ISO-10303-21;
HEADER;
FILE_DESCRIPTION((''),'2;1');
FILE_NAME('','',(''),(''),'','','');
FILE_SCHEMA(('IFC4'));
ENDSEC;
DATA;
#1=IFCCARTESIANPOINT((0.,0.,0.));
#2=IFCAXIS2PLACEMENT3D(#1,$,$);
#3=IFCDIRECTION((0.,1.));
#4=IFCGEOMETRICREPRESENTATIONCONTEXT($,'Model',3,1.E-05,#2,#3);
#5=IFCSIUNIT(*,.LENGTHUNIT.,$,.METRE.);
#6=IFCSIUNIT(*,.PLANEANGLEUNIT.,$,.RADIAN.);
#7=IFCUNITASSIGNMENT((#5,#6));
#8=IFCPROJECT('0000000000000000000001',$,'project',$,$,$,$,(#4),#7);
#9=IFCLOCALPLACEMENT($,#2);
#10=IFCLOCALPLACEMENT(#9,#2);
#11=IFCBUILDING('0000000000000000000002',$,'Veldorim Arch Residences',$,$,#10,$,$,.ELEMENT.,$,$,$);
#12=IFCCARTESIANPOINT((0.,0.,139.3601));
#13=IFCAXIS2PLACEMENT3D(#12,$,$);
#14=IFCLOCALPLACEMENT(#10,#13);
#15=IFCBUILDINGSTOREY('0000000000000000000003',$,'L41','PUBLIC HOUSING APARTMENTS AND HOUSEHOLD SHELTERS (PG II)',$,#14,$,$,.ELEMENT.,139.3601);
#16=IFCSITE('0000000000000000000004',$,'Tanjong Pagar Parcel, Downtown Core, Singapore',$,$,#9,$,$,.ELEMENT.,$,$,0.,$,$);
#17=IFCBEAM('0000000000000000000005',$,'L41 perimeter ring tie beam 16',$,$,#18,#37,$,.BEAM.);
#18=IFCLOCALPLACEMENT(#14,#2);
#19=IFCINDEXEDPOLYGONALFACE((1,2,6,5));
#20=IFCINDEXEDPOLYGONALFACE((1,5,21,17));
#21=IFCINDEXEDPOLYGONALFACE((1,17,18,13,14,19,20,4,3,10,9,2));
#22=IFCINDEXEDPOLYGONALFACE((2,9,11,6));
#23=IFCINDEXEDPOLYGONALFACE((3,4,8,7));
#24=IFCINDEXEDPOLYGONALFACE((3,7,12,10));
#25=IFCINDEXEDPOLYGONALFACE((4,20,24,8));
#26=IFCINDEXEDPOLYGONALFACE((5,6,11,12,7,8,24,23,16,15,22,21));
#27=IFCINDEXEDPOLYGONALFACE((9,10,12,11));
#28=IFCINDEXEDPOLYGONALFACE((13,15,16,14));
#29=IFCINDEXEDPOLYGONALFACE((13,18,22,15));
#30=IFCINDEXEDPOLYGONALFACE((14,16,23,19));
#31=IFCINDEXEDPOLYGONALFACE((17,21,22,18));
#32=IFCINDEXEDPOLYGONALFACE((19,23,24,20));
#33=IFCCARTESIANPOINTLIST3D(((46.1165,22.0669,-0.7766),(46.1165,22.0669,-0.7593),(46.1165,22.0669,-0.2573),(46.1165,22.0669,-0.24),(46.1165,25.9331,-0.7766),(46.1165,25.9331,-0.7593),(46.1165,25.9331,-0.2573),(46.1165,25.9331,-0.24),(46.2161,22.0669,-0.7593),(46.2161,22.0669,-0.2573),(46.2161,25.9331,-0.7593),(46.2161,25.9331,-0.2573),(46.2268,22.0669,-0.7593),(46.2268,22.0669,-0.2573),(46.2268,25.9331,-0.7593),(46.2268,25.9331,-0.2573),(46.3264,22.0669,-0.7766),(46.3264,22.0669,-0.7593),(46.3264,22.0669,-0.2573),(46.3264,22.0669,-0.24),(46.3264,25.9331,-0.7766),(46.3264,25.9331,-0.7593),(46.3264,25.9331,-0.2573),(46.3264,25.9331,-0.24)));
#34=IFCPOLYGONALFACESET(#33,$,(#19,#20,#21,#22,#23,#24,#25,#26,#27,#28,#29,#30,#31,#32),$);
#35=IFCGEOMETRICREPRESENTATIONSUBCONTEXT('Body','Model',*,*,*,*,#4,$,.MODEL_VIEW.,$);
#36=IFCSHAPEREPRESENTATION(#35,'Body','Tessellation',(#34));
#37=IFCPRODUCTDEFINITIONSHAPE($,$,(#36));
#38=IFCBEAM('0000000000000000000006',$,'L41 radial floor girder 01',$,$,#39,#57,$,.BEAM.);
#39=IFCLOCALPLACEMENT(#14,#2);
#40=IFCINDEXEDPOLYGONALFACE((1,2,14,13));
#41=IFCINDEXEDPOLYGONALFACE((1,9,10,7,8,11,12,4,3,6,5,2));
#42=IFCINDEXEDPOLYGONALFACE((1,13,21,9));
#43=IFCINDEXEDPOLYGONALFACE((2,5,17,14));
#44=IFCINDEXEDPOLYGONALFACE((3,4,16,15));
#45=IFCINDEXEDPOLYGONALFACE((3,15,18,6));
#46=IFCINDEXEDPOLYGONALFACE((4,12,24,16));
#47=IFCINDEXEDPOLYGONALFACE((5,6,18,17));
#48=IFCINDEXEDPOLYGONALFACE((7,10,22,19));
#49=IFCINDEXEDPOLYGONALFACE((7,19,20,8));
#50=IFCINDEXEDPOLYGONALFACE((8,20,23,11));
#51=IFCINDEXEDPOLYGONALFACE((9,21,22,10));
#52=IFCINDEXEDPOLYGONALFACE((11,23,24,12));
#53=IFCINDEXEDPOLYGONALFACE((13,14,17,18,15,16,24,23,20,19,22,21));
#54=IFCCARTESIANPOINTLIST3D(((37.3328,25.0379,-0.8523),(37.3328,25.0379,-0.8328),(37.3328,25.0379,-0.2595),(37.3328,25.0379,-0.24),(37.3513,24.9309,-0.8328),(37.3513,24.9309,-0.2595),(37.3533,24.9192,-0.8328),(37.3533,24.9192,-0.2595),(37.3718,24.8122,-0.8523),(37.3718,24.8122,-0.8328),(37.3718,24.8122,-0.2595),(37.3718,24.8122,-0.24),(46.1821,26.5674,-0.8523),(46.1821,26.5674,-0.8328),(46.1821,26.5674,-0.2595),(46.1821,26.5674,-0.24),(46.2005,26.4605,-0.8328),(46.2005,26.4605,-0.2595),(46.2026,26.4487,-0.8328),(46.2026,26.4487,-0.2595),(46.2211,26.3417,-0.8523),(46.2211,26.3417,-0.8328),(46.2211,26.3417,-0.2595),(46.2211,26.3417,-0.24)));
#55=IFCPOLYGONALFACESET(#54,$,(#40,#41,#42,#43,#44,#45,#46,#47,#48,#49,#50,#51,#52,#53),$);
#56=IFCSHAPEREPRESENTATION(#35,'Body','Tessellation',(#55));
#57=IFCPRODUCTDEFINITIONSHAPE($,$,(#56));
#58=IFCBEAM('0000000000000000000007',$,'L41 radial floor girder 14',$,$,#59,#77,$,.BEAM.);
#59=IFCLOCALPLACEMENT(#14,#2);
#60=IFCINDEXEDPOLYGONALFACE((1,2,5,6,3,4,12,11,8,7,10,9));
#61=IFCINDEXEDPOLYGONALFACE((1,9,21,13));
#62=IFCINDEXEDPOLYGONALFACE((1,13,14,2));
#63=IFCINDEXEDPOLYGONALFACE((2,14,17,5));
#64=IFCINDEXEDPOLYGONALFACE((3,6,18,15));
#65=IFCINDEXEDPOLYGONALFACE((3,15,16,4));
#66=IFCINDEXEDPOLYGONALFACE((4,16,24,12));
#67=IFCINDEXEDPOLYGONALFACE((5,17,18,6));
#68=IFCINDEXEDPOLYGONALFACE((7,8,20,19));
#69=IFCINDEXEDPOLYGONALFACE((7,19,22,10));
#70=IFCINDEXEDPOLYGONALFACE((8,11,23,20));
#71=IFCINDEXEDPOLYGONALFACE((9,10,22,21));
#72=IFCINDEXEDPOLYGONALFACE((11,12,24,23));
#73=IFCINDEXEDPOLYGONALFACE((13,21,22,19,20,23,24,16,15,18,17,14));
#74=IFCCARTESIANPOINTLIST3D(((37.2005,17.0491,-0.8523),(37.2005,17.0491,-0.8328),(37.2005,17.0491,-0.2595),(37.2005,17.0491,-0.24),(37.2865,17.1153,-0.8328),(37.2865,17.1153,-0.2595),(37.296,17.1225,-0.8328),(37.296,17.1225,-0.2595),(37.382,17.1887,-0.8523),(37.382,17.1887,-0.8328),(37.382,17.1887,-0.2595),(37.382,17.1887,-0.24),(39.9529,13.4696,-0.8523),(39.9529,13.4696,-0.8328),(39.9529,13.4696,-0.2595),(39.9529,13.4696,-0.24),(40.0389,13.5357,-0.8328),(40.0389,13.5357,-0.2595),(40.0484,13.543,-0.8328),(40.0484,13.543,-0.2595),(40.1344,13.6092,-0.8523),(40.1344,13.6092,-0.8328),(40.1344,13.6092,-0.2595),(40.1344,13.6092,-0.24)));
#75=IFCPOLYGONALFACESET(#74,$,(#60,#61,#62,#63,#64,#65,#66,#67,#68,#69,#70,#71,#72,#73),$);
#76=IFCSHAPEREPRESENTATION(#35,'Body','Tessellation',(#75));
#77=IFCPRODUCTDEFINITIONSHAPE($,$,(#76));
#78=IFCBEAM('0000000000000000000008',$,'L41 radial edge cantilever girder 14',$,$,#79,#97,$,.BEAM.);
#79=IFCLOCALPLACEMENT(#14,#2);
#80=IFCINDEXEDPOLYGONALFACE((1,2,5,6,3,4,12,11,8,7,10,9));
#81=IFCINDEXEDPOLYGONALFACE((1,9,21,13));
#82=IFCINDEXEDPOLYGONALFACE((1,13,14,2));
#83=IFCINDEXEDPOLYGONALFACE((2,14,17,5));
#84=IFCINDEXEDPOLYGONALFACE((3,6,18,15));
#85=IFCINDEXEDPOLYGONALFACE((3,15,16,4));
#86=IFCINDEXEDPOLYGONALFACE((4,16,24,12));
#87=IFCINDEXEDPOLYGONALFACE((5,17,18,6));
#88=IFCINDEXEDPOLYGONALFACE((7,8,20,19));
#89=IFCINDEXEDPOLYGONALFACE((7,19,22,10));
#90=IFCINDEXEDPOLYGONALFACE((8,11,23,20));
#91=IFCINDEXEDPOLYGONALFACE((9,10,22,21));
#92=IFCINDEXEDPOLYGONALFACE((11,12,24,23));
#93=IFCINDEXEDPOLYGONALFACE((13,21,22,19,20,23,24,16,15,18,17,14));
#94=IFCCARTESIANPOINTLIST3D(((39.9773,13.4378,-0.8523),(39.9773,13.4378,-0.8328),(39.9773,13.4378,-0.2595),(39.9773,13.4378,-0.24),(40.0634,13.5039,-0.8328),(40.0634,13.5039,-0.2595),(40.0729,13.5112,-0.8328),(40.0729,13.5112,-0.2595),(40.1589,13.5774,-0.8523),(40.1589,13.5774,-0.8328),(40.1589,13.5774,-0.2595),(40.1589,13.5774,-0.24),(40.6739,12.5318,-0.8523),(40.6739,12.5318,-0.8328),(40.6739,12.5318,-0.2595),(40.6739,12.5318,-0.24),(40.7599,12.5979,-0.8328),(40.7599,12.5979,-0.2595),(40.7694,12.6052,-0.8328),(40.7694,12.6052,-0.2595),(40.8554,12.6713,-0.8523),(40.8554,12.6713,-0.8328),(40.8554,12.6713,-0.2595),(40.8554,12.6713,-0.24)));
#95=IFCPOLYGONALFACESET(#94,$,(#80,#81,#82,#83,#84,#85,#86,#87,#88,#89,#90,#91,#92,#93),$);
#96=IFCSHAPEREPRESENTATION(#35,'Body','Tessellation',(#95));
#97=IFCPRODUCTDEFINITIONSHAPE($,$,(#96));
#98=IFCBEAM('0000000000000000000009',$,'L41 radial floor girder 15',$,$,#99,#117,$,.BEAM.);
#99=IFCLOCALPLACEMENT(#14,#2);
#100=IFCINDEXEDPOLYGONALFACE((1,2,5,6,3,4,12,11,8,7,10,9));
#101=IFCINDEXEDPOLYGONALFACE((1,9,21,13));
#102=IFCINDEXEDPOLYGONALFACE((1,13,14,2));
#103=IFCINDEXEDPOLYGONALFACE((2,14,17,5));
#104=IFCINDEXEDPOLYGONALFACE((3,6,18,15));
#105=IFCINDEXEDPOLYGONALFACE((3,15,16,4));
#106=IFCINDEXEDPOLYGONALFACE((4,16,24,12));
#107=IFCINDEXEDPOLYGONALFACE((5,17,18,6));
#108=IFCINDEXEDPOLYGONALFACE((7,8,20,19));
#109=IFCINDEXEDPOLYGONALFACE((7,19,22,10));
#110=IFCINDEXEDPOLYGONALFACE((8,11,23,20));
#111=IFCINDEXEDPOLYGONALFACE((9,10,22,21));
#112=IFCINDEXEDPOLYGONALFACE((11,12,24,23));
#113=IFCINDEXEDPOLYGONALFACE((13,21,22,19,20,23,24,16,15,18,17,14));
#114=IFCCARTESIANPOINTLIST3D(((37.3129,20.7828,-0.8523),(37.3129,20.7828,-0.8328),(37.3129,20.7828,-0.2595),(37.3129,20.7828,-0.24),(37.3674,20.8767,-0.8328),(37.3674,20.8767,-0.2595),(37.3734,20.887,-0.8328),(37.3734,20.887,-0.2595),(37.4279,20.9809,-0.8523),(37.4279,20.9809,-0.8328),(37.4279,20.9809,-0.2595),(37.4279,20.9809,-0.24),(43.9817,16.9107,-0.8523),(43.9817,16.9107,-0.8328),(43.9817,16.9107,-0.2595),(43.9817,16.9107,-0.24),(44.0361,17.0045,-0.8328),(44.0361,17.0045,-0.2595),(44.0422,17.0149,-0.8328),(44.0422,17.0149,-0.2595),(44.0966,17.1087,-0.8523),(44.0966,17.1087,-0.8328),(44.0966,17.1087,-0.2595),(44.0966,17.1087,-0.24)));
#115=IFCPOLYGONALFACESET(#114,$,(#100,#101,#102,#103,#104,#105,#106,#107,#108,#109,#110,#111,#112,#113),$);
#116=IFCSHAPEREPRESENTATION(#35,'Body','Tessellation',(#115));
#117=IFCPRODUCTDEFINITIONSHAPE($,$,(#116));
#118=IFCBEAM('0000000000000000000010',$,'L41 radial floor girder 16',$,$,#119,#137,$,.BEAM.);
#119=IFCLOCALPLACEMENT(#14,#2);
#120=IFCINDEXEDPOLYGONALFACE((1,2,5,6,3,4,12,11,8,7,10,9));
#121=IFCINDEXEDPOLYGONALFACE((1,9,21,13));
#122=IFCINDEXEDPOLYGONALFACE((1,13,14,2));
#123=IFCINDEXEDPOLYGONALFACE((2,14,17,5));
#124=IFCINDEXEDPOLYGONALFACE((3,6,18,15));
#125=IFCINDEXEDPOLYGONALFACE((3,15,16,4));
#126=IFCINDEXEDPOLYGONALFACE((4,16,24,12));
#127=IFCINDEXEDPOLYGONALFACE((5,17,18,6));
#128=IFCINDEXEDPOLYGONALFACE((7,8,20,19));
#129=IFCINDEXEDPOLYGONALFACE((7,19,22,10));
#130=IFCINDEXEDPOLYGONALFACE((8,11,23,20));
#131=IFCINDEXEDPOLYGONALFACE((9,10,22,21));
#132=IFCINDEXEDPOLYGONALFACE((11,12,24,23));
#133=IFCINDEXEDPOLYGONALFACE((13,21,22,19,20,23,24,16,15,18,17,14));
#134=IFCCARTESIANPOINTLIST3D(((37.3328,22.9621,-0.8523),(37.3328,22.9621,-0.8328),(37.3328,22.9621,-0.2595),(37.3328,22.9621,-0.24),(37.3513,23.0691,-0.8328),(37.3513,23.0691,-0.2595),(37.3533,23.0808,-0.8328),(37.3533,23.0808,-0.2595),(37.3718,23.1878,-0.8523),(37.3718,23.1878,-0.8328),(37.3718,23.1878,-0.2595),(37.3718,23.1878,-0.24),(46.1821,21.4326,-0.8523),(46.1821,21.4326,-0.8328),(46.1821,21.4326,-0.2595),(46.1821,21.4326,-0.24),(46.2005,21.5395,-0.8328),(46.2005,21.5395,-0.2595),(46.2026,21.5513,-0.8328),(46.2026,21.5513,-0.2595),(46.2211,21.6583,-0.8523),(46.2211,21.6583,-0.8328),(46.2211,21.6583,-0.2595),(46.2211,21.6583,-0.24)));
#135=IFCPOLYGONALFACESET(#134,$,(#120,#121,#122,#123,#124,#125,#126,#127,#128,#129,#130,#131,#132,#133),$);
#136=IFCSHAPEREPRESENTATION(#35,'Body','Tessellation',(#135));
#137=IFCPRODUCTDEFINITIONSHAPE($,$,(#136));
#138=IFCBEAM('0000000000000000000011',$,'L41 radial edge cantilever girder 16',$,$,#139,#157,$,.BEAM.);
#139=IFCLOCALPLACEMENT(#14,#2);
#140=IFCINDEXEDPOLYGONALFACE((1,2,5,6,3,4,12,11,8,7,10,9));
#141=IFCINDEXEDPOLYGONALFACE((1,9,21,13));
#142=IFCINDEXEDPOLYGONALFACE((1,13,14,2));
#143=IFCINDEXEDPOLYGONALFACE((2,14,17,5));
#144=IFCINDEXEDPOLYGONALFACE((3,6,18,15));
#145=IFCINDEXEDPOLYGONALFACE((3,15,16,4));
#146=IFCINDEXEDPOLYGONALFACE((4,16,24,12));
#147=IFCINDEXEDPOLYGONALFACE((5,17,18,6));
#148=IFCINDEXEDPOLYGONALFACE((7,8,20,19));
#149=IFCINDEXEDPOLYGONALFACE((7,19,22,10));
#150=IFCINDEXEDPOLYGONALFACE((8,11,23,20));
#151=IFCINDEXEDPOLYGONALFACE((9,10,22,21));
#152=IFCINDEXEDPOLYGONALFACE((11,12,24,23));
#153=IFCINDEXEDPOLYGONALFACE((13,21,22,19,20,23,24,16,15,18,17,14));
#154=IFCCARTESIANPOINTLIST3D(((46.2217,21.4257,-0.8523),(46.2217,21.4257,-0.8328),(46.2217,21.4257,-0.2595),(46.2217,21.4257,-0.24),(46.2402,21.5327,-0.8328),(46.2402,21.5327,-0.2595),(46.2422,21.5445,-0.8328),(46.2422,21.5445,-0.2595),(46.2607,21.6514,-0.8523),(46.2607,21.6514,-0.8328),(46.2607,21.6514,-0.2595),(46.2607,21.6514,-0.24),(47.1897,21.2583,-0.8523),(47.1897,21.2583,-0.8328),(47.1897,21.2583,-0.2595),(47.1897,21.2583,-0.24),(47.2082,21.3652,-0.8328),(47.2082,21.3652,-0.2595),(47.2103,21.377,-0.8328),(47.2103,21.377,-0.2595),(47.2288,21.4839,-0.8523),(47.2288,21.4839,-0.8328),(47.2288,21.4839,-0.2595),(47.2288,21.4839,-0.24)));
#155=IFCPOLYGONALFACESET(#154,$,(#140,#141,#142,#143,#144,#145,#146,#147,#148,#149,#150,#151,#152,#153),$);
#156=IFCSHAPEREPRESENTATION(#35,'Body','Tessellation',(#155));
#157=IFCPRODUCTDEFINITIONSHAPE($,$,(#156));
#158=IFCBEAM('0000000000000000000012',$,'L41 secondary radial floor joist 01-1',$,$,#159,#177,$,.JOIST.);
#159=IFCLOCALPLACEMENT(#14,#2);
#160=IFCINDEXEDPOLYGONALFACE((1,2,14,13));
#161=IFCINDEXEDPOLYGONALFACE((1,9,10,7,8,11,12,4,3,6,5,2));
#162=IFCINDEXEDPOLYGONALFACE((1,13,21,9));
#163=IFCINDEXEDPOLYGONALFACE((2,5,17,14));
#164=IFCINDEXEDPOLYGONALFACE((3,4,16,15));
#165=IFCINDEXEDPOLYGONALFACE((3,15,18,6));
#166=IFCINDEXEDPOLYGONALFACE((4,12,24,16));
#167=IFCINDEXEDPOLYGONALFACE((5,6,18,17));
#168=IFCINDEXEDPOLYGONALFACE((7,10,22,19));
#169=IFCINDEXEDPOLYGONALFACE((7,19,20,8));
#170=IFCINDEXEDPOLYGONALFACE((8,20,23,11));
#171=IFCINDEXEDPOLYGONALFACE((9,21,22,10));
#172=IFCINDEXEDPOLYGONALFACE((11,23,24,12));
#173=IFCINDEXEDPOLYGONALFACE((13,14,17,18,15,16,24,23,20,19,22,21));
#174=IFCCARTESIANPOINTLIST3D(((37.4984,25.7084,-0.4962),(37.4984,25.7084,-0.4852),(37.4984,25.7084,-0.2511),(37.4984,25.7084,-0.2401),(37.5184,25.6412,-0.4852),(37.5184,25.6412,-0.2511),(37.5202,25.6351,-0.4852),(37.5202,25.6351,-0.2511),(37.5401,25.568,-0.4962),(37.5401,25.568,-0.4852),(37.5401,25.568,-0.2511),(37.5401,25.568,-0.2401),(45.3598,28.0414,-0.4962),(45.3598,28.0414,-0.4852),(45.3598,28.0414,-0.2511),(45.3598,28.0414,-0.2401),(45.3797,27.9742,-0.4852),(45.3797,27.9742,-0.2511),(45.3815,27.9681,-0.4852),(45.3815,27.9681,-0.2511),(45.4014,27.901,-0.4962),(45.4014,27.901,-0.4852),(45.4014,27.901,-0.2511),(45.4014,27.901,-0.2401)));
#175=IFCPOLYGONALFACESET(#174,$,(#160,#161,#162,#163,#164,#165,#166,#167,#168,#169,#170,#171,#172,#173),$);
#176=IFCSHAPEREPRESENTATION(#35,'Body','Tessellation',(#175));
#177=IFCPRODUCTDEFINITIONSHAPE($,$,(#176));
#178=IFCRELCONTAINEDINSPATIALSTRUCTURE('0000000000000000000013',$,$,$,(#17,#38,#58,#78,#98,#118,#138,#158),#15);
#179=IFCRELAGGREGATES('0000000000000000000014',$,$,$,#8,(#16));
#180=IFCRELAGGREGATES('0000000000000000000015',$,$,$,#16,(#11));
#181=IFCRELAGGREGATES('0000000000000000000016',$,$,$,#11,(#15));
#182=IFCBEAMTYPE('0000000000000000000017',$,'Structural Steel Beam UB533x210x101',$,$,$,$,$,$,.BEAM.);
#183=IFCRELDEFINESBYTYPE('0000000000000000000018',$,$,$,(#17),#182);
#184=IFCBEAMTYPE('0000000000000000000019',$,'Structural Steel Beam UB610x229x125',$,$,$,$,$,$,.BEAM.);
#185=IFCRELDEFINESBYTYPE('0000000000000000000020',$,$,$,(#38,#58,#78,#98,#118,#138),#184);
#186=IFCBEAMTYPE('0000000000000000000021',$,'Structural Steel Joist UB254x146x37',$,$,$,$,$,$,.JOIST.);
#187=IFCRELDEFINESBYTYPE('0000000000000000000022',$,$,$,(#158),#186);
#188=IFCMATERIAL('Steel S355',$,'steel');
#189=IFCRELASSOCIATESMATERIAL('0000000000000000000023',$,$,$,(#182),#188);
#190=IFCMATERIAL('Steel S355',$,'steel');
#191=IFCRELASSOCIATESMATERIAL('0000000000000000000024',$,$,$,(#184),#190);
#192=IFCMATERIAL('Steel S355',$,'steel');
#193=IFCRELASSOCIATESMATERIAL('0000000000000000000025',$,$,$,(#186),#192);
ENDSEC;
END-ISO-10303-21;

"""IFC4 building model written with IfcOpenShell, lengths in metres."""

from ifc_helpers import new_model, si_unit, direction, frame, origin, origin_2d, place, context, subcontext, project, spatial, i_section, extrude, material, material_profile, profile_set, type_object, element, save


model = new_model("IFC4")

# Units and contexts
model_context = context("Model", 3, precision=1e-05, world=origin(), true_north=direction((0.0, 1.0)))
body_context = subcontext(model_context, "Body", "Model", "MODEL_VIEW")
ifc_project = project(units=[si_unit("LENGTHUNIT", "METRE"), si_unit("PLANEANGLEUNIT", "RADIAN")], contexts=[model_context])

# Site, building, storey
site_placement = place(None, origin())
site = spatial("IfcSite", under=ifc_project, at=site_placement, Name="Tanjong Pagar Parcel, Downtown Core, Singapore", CompositionType="ELEMENT", RefElevation=0.0)
building_placement = place(site_placement, origin())
building = spatial("IfcBuilding", under=site, at=building_placement, Name="Veldorim Arch Residences", CompositionType="ELEMENT")
storey_placement = place(building_placement, frame((0.0, 0.0, 139.3601)))
storey = spatial("IfcBuildingStorey", under=building, at=storey_placement, Name="L41", Description="PUBLIC HOUSING APARTMENTS AND HOUSEHOLD SHELTERS (PG II)", CompositionType="ELEMENT", Elevation=139.3601)

# Beams
ifc_material_1 = material(Name="Steel S355", Category="steel")
ifc_material_profile_1 = material_profile(ifc_material_1, i_section(OverallWidth=0.21, OverallDepth=0.5366, WebThickness=0.0107, FlangeThickness=0.0173, at=origin_2d()), Name="UB533x210x101")
ifc_profile_set_1 = profile_set([ifc_material_profile_1], Name="Steel S355")
beam_type_1 = type_object("IfcBeamType", Name="Structural Steel Beam UB533x210x101", PredefinedType="BEAM", material=ifc_profile_set_1)
beam_1_placement = place(storey_placement, frame((46.2214, 22.0669, -0.5083), z_axis=(0.0, 1.0, 0.0), x_axis=(-1.0, 0.0, 0.0)))
element("IfcBeam", 1, at=beam_1_placement, inside=storey, type_object=beam_type_1, Name="L41 perimeter ring tie beam 16", PredefinedType="BEAM", context=body_context, shape_type="SweptSolid", body=[
    extrude(i_section(OverallWidth=0.21, OverallDepth=0.5366, WebThickness=0.0107, FlangeThickness=0.0173, at=origin_2d()), origin(), (0.0, 0.0, 1.0), 3.8662),
])
ifc_material_2 = material(Name="Steel S355", Category="steel")
ifc_material_profile_2 = material_profile(ifc_material_2, i_section(OverallWidth=0.229, OverallDepth=0.6123, WebThickness=0.012, FlangeThickness=0.0195, at=origin_2d()), Name="UB610x229x125")
ifc_profile_set_2 = profile_set([ifc_material_profile_2], Name="Steel S355")
beam_type_2 = type_object("IfcBeamType", Name="Structural Steel Beam UB610x229x125", PredefinedType="BEAM", material=ifc_profile_set_2)
beam_2_placement = place(storey_placement, frame((37.3523, 24.925, -0.5461), z_axis=(0.985389, 0.170317, 0.0), x_axis=(-0.170317, 0.985389, 0.0)))
element("IfcBeam", 2, at=beam_2_placement, inside=storey, type_object=beam_type_2, Name="L41 radial floor girder 01", PredefinedType="BEAM", context=body_context, shape_type="SweptSolid", body=[
    extrude(i_section(OverallWidth=0.229, OverallDepth=0.6123, WebThickness=0.012, FlangeThickness=0.0195, at=origin_2d()), origin(), (0.0, 0.0, 1.0), 8.9805),
])
beam_3_placement = place(storey_placement, frame((37.2913, 17.1189, -0.5461), z_axis=(0.609559, -0.792741, 0.0), x_axis=(0.792741, 0.609559, 0.0)))
element("IfcBeam", 3, at=beam_3_placement, inside=storey, type_object=beam_type_2, Name="L41 radial floor girder 14", PredefinedType="BEAM", context=body_context, shape_type="SweptSolid", body=[
    extrude(i_section(OverallWidth=0.229, OverallDepth=0.6123, WebThickness=0.012, FlangeThickness=0.0195, at=origin_2d()), origin(), (0.0, 0.0, 1.0), 4.5154),
])
beam_4_placement = place(storey_placement, frame((40.0681, 13.5076, -0.5461), z_axis=(0.609494, -0.792791, 0.0), x_axis=(0.792791, 0.609494, 0.0)))
element("IfcBeam", 4, at=beam_4_placement, inside=storey, type_object=beam_type_2, Name="L41 radial edge cantilever girder 14", PredefinedType="BEAM", context=body_context, shape_type="SweptSolid", body=[
    extrude(i_section(OverallWidth=0.229, OverallDepth=0.6123, WebThickness=0.012, FlangeThickness=0.0195, at=origin_2d()), origin(), (0.0, 0.0, 1.0), 1.1428),
])
beam_5_placement = place(storey_placement, frame((37.3704, 20.8818, -0.5461), z_axis=(0.864793, -0.502128, 0.0), x_axis=(0.502128, 0.864793, 0.0)))
element("IfcBeam", 5, at=beam_5_placement, inside=storey, type_object=beam_type_2, Name="L41 radial floor girder 15", PredefinedType="BEAM", context=body_context, shape_type="SweptSolid", body=[
    extrude(i_section(OverallWidth=0.229, OverallDepth=0.6123, WebThickness=0.012, FlangeThickness=0.0195, at=origin_2d()), origin(), (0.0, 0.0, 1.0), 7.7114),
])
beam_6_placement = place(storey_placement, frame((37.3523, 23.075, -0.5461), z_axis=(0.985389, -0.170317, 0.0), x_axis=(0.170317, 0.985389, 0.0)))
element("IfcBeam", 6, at=beam_6_placement, inside=storey, type_object=beam_type_2, Name="L41 radial floor girder 16", PredefinedType="BEAM", context=body_context, shape_type="SweptSolid", body=[
    extrude(i_section(OverallWidth=0.229, OverallDepth=0.6123, WebThickness=0.012, FlangeThickness=0.0195, at=origin_2d()), origin(), (0.0, 0.0, 1.0), 8.9805),
])
beam_7_placement = place(storey_placement, frame((46.2412, 21.5386, -0.5461), z_axis=(0.985361, -0.170481, 0.0), x_axis=(0.170481, 0.985361, 0.0)))
element("IfcBeam", 7, at=beam_7_placement, inside=storey, type_object=beam_type_2, Name="L41 radial edge cantilever girder 16", PredefinedType="BEAM", context=body_context, shape_type="SweptSolid", body=[
    extrude(i_section(OverallWidth=0.229, OverallDepth=0.6123, WebThickness=0.012, FlangeThickness=0.0195, at=origin_2d()), origin(), (0.0, 0.0, 1.0), 0.9824),
])
ifc_material_3 = material(Name="Steel S355", Category="steel")
ifc_material_profile_3 = material_profile(ifc_material_3, i_section(OverallWidth=0.1465, OverallDepth=0.2561, WebThickness=0.0063, FlangeThickness=0.011, at=origin_2d()), Name="UB254x146x37")
ifc_profile_set_3 = profile_set([ifc_material_profile_3], Name="Steel S355")
beam_type_3 = type_object("IfcBeamType", Name="Structural Steel Joist UB254x146x37", PredefinedType="JOIST", material=ifc_profile_set_3)
beam_8_placement = place(storey_placement, frame((37.5193, 25.6382, -0.3682), z_axis=(0.958674, 0.284506, 0.0), x_axis=(-0.284506, 0.958674, 0.0)))
element("IfcBeam", 8, at=beam_8_placement, inside=storey, type_object=beam_type_3, Name="L41 secondary radial floor joist 01-1", PredefinedType="JOIST", context=body_context, shape_type="SweptSolid", body=[
    extrude(i_section(OverallWidth=0.1465, OverallDepth=0.2561, WebThickness=0.0063, FlangeThickness=0.011, at=origin_2d()), origin(), (0.0, 0.0, 1.0), 8.2002),
])

save(model, "model.ifc")
